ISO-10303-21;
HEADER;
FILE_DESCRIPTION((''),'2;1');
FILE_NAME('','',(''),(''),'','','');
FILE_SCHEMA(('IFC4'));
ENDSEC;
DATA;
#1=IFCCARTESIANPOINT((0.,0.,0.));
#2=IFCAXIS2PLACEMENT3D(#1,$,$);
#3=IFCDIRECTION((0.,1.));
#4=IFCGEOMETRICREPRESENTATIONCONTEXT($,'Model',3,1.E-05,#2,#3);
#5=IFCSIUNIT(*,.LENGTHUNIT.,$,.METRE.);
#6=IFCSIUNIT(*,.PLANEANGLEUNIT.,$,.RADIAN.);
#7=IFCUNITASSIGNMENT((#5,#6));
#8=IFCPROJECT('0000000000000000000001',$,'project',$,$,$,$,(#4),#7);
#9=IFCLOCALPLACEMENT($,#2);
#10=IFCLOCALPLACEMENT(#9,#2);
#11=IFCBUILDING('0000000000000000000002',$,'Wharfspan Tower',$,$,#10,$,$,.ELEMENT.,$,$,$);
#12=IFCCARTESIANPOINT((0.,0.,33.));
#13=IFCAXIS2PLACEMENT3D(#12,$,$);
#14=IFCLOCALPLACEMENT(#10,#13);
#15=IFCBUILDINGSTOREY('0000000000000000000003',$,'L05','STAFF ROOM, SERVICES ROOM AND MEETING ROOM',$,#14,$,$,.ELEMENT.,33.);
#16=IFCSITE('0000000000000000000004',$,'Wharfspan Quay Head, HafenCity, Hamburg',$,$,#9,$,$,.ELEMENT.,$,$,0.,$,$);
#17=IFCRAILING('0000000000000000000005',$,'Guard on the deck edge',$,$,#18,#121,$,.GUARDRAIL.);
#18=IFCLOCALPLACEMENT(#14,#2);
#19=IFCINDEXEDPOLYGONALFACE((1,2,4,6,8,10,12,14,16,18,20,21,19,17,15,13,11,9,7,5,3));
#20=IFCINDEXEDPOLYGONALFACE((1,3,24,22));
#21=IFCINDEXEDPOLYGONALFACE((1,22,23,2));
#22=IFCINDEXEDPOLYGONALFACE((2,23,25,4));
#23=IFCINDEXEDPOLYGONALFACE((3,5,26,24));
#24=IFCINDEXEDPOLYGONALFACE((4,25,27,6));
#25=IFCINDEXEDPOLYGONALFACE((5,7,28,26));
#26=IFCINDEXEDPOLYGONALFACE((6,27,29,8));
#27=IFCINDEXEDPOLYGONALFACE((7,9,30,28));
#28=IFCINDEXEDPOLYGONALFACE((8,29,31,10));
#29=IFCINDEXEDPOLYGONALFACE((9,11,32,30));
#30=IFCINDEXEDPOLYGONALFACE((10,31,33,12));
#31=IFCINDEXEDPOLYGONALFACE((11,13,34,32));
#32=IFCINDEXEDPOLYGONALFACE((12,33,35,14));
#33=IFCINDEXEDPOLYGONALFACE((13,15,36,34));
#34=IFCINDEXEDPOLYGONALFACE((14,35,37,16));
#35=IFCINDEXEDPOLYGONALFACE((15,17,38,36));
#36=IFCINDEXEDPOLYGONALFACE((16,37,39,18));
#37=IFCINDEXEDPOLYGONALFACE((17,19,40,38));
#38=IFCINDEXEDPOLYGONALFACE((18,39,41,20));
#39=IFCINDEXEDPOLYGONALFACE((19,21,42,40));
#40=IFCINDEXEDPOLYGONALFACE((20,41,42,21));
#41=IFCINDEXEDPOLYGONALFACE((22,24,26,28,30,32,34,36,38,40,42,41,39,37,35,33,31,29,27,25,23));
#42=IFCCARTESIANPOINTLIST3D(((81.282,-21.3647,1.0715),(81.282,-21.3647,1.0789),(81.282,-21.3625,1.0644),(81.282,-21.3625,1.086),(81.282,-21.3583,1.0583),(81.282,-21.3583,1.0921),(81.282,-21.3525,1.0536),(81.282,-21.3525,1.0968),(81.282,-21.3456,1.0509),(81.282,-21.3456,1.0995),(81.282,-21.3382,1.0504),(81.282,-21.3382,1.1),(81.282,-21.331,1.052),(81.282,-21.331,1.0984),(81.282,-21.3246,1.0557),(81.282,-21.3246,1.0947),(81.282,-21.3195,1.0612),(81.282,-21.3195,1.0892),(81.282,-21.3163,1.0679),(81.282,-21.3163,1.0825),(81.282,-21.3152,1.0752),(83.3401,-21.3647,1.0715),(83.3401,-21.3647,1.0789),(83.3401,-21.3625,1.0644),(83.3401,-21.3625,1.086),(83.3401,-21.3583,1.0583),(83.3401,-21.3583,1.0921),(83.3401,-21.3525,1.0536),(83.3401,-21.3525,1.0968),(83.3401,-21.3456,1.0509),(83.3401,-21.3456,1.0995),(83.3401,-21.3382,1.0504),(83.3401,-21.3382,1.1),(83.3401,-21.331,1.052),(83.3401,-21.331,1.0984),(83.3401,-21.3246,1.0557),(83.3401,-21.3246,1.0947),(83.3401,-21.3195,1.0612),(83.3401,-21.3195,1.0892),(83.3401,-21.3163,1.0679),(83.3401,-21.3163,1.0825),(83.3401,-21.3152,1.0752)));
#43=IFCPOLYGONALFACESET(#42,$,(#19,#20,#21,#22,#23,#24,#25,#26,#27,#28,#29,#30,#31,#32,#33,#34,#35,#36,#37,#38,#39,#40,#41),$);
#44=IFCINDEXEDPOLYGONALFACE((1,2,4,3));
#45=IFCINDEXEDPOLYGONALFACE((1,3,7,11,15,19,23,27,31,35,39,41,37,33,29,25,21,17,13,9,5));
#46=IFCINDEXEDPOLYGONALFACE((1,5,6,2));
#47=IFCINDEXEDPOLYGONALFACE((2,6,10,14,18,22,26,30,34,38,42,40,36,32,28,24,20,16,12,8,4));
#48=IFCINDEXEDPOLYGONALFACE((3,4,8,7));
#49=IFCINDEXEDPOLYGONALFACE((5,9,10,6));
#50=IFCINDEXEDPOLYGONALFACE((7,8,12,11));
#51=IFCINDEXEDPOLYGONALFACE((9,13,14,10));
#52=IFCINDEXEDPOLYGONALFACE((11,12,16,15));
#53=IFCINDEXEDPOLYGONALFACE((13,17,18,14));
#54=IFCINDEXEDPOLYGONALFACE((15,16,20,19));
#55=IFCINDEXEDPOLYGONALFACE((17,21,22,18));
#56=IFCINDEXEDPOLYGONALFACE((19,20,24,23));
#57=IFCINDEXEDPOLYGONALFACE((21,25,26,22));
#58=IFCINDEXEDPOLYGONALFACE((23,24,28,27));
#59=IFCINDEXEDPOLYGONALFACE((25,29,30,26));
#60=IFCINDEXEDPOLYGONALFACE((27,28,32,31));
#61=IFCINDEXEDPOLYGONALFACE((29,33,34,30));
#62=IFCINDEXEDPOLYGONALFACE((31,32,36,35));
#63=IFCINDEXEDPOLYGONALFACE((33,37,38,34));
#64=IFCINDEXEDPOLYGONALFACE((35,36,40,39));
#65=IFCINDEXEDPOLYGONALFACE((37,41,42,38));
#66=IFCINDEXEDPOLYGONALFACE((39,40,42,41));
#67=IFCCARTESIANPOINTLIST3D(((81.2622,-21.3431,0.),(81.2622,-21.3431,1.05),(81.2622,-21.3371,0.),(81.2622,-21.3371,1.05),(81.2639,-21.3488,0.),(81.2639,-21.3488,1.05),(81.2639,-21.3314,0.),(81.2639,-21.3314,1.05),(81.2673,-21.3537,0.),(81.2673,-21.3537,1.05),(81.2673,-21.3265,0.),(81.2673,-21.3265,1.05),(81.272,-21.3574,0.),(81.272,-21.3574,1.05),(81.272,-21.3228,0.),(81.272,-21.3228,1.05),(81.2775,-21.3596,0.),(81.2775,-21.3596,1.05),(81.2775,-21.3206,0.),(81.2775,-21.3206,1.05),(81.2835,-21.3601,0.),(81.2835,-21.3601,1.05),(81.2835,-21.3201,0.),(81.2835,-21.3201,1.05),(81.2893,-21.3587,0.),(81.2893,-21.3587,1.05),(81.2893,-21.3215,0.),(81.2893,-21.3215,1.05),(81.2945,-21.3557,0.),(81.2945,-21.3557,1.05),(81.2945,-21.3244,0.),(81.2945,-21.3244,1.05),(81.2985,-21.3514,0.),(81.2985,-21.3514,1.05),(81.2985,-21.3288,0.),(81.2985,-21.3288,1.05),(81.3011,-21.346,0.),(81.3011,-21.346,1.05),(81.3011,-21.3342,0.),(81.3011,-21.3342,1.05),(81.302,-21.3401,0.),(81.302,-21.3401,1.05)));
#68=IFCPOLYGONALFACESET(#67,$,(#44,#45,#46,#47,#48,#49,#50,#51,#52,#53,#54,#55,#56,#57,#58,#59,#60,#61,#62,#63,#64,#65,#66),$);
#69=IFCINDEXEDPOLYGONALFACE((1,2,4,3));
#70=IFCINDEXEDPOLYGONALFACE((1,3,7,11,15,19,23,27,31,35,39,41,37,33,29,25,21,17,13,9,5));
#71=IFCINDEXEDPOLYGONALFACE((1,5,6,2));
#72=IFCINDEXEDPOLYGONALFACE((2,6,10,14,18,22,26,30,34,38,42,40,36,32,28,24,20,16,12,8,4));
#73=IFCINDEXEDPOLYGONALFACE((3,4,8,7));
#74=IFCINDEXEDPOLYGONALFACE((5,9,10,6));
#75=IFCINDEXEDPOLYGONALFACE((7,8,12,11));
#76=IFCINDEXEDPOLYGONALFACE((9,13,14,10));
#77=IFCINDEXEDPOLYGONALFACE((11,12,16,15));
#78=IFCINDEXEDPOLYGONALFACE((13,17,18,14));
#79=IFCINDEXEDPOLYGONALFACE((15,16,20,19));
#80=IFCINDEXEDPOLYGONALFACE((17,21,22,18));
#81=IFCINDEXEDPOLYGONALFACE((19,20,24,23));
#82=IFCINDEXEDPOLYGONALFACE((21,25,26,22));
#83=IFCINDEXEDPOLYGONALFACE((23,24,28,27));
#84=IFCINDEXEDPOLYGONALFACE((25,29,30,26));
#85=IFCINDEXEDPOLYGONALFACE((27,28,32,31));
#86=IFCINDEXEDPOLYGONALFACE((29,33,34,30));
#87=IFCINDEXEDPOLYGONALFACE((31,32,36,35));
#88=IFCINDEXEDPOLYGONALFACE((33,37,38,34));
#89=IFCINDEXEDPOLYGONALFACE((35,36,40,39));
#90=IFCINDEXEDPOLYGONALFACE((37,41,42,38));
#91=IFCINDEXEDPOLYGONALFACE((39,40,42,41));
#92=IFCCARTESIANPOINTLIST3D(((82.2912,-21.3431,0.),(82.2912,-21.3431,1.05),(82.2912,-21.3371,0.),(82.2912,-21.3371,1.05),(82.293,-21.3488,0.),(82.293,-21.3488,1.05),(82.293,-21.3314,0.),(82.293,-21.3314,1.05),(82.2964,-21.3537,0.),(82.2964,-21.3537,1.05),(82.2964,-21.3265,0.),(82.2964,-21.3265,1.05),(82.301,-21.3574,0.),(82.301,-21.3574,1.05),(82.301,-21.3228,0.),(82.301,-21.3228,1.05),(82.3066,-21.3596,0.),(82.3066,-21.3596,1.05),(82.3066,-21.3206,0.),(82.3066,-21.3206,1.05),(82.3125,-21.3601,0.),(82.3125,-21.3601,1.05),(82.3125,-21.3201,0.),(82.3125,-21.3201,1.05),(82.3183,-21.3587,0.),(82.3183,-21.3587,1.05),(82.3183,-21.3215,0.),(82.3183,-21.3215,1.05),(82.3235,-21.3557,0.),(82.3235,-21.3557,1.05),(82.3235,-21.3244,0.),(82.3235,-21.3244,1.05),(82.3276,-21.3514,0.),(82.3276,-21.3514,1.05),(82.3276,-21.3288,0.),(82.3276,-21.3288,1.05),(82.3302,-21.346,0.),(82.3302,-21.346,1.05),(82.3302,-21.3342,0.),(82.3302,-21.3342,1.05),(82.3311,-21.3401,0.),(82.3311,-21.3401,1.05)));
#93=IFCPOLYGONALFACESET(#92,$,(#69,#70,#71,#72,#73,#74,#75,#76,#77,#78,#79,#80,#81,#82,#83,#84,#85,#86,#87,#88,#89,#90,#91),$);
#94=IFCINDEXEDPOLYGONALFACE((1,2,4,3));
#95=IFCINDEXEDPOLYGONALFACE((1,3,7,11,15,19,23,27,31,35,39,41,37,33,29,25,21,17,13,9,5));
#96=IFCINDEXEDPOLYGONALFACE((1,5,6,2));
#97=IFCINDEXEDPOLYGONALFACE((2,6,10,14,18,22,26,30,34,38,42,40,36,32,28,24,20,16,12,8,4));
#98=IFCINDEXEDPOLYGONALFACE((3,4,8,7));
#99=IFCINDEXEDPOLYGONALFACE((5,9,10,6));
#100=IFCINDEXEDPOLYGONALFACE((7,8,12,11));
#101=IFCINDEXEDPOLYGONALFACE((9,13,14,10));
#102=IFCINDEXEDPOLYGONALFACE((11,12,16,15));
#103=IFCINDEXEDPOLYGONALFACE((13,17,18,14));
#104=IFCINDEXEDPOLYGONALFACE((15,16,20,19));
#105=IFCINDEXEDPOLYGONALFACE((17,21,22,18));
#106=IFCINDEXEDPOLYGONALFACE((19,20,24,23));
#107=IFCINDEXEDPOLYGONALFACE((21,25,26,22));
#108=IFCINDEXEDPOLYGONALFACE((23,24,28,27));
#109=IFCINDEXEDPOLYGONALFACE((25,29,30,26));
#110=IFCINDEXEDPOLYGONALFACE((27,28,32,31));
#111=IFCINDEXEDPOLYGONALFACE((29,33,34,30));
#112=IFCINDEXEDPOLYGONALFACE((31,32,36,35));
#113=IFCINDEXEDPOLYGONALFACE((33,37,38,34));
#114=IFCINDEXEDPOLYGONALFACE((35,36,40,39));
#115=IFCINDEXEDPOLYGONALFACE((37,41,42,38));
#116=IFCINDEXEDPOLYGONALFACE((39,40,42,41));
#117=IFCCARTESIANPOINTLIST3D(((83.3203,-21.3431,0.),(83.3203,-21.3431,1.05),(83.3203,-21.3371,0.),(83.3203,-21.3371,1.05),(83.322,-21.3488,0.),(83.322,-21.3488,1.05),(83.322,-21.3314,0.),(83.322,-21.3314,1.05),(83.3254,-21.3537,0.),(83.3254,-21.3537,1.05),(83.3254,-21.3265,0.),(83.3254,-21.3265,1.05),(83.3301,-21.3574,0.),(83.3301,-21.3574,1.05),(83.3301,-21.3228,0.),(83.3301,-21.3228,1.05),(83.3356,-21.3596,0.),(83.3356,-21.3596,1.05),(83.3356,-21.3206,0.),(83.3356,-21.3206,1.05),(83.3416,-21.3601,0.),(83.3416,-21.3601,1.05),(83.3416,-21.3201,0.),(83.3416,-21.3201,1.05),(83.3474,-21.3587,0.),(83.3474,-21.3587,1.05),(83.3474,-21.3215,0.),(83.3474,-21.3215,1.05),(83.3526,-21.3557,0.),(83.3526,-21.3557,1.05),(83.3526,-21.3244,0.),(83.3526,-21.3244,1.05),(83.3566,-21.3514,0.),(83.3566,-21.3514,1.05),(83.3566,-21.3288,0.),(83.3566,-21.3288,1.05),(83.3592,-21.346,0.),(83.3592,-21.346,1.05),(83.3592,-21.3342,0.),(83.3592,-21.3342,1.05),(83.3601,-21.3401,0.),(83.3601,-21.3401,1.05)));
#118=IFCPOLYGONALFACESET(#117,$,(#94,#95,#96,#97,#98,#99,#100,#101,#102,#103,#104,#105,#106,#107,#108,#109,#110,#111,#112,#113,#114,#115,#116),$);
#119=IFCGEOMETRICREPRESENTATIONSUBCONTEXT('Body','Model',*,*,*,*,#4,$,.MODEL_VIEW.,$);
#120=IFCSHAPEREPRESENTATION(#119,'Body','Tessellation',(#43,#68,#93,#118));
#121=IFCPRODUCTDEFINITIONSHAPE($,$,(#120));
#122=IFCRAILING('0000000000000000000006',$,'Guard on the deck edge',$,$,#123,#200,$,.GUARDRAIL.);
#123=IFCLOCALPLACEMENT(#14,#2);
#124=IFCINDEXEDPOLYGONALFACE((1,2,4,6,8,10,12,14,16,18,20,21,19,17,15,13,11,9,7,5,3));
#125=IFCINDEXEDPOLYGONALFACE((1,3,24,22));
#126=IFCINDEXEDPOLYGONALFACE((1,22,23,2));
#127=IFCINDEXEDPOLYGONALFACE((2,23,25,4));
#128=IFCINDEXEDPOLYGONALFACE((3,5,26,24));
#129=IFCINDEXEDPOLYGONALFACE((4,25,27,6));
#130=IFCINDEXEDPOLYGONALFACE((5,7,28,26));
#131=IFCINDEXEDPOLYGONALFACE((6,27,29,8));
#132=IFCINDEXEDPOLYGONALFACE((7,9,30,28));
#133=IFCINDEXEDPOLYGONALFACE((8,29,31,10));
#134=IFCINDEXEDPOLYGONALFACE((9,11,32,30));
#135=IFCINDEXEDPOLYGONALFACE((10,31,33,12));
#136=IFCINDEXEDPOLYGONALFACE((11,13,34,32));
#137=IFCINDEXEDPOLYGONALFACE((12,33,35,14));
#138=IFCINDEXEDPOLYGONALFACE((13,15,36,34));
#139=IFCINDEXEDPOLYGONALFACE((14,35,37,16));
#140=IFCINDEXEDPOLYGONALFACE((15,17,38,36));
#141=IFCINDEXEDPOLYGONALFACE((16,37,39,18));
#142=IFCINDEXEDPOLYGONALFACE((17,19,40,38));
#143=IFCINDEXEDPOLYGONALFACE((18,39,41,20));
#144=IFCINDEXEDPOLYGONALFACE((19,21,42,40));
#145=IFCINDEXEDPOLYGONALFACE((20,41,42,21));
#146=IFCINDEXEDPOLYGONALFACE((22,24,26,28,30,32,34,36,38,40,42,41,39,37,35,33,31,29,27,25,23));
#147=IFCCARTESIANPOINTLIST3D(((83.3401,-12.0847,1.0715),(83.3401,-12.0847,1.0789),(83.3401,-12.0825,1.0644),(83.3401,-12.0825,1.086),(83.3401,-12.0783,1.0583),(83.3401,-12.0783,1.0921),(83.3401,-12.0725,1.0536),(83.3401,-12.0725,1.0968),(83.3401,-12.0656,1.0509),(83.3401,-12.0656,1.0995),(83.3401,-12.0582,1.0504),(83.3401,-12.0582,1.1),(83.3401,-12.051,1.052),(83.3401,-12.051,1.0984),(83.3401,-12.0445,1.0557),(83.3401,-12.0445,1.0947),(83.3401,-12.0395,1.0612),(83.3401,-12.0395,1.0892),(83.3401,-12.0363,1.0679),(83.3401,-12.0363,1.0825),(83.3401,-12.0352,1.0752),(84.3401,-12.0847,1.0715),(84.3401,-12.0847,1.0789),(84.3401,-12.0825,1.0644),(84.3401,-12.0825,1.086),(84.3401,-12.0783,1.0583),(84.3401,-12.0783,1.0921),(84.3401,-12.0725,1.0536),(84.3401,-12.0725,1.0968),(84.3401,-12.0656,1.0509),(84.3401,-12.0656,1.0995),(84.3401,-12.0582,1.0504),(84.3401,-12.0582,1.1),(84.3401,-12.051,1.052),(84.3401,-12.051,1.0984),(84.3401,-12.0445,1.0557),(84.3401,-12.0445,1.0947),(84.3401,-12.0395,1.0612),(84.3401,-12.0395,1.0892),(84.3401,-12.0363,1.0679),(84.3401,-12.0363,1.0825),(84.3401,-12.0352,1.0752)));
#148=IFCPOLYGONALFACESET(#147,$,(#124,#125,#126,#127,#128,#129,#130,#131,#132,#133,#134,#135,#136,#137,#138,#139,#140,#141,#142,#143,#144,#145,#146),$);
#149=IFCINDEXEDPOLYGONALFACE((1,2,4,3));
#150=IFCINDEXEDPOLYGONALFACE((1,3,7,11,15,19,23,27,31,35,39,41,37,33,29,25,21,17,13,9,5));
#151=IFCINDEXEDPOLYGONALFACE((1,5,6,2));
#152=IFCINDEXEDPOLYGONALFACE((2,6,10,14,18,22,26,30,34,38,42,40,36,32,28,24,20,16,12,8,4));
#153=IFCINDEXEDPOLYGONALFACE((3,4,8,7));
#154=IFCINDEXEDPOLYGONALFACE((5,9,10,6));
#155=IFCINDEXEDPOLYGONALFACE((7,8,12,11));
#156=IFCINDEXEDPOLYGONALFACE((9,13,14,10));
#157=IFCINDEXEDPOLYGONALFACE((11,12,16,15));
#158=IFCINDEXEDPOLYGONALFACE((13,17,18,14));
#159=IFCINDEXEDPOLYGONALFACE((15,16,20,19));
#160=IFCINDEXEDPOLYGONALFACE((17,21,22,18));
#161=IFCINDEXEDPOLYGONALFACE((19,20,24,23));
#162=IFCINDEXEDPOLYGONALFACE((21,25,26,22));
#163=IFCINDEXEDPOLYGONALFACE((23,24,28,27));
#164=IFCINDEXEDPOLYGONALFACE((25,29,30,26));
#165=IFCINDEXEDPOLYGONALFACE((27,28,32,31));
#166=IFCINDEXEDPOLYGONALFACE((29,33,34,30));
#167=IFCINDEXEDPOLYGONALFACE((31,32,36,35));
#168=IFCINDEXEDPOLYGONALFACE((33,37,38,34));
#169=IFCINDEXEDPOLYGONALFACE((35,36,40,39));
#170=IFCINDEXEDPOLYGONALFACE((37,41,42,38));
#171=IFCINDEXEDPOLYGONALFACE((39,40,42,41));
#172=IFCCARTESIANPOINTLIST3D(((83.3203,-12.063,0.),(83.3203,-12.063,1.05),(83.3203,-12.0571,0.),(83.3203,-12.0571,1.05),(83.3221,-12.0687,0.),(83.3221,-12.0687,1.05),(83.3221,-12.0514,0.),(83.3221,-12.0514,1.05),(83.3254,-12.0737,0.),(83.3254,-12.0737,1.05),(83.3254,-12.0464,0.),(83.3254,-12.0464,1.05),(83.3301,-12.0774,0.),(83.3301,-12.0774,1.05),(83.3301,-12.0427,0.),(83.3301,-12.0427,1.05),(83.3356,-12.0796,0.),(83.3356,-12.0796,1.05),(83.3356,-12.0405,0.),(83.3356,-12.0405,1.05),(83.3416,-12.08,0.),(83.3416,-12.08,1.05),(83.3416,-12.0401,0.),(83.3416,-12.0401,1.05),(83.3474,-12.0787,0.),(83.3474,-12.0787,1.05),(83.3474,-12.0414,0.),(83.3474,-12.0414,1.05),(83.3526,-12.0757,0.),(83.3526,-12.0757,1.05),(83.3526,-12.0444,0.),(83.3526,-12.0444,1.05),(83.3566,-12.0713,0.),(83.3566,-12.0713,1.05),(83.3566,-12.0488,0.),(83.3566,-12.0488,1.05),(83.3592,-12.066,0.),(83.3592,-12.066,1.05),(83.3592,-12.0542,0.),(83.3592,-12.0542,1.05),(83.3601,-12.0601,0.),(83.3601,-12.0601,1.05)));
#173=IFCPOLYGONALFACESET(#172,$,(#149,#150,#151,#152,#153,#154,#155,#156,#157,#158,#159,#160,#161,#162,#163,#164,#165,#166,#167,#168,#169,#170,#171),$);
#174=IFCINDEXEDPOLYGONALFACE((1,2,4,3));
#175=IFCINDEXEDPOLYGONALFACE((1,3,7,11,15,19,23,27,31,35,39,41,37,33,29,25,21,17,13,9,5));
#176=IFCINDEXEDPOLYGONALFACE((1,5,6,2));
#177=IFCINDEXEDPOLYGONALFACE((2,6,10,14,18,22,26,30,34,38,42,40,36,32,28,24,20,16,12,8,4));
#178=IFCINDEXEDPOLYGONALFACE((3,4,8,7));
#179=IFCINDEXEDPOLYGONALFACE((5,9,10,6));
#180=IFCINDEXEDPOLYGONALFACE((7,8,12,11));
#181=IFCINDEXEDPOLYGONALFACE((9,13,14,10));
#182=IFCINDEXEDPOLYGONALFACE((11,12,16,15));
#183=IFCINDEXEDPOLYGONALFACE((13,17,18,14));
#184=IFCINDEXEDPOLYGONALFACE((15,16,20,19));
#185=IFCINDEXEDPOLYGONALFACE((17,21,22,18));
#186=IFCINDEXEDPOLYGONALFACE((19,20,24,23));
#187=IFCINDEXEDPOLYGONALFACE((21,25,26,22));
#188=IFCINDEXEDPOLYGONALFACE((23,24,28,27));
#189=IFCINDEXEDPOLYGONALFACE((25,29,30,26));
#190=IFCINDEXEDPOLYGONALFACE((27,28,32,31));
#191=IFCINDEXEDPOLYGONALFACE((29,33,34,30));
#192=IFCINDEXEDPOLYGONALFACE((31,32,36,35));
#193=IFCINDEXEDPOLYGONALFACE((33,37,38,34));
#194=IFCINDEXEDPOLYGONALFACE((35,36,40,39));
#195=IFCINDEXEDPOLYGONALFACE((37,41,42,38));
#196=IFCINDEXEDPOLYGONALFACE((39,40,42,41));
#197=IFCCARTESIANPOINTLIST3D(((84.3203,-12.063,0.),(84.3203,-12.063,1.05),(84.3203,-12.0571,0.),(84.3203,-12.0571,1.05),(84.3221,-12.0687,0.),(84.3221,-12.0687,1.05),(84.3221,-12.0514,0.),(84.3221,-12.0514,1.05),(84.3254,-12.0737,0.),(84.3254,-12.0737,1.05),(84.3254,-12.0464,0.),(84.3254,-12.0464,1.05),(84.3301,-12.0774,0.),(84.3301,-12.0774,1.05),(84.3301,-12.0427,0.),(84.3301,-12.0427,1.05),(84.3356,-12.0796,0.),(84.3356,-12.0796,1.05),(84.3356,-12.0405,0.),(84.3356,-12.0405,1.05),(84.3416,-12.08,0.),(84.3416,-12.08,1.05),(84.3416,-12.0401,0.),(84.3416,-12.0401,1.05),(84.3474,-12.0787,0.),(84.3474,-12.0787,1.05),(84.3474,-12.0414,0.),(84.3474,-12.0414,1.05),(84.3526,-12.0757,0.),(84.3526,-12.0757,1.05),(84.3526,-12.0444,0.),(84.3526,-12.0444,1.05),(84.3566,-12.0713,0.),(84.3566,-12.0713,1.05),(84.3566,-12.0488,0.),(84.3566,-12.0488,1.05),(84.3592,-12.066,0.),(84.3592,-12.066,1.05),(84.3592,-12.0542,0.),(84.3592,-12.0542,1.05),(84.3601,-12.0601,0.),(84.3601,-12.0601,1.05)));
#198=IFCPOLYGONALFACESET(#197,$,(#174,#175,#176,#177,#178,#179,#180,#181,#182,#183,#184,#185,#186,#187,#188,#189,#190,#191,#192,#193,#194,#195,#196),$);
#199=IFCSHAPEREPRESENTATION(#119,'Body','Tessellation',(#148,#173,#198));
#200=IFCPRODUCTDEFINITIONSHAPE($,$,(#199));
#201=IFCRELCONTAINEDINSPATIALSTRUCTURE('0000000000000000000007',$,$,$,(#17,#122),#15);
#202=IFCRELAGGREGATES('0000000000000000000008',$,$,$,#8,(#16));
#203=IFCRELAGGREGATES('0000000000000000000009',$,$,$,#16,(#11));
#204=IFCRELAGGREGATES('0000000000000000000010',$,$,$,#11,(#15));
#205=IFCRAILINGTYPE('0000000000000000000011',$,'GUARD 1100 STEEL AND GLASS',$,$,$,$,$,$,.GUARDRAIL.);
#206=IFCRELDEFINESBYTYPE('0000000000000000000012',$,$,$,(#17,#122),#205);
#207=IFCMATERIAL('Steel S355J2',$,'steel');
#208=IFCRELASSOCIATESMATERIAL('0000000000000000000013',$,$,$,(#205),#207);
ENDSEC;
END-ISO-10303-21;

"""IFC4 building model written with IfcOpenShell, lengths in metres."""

from ifc_helpers import new_model, si_unit, direction, frame, origin, origin_2d, place, context, subcontext, project, spatial, circle, extrude, material, type_object, element, save


model = new_model("IFC4")

# Units and contexts
model_context = context("Model", 3, precision=1e-05, world=origin(), true_north=direction((0.0, 1.0)))
body_context = subcontext(model_context, "Body", "Model", "MODEL_VIEW")
ifc_project = project(units=[si_unit("LENGTHUNIT", "METRE"), si_unit("PLANEANGLEUNIT", "RADIAN")], contexts=[model_context])

# Site, building, storey
site_placement = place(None, origin())
site = spatial("IfcSite", under=ifc_project, at=site_placement, Name="Wharfspan Quay Head, HafenCity, Hamburg", CompositionType="ELEMENT", RefElevation=0.0)
building_placement = place(site_placement, origin())
building = spatial("IfcBuilding", under=site, at=building_placement, Name="Wharfspan Tower", CompositionType="ELEMENT")
storey_placement = place(building_placement, frame((0.0, 0.0, 33.0)))
storey = spatial("IfcBuildingStorey", under=building, at=storey_placement, Name="L05", Description="STAFF ROOM, SERVICES ROOM AND MEETING ROOM", CompositionType="ELEMENT", Elevation=33.0)

# Railings
ifc_material_1 = material(Name="Steel S355J2", Category="steel")
railing_type = type_object("IfcRailingType", Name="GUARD 1100 STEEL AND GLASS", PredefinedType="GUARDRAIL", material=ifc_material_1)
railing_1_placement = place(storey_placement, frame((81.282, -21.3401, 0.0)))
element("IfcRailing", 1, at=railing_1_placement, inside=storey, type_object=railing_type, Name="Guard on the deck edge", PredefinedType="GUARDRAIL", context=body_context, shape_type="SweptSolid", body=[
    extrude(circle(Radius=0.0249, at=origin_2d()), frame((0.0, 0.0, 1.0752), z_axis=(1.0, 0.0, 0.0), x_axis=(0.0, 1.0, 0.0)), (0.0, 0.0, 1.0), 2.0581),
    extrude(circle(Radius=0.02, at=origin_2d()), origin(), (0.0, 0.0, 1.0), 1.05),
    extrude(circle(Radius=0.02, at=origin_2d()), frame((1.0291, 0.0, 0.0)), (0.0, 0.0, 1.0), 1.05),
    extrude(circle(Radius=0.02, at=origin_2d()), frame((2.0581, 0.0, 0.0)), (0.0, 0.0, 1.0), 1.05),
])
railing_2_placement = place(storey_placement, frame((83.3401, -12.0601, 0.0)))
element("IfcRailing", 2, at=railing_2_placement, inside=storey, type_object=railing_type, Name="Guard on the deck edge", PredefinedType="GUARDRAIL", context=body_context, shape_type="SweptSolid", body=[
    extrude(circle(Radius=0.0249, at=origin_2d()), frame((0.0, 0.0, 1.0752), z_axis=(1.0, 0.0, 0.0), x_axis=(0.0, 1.0, 0.0)), (0.0, 0.0, 1.0), 1.0),
    extrude(circle(Radius=0.02, at=origin_2d()), origin(), (0.0, 0.0, 1.0), 1.05),
    extrude(circle(Radius=0.02, at=origin_2d()), frame((1.0, 0.0, 0.0)), (0.0, 0.0, 1.0), 1.05),
])

save(model, "model.ifc")
